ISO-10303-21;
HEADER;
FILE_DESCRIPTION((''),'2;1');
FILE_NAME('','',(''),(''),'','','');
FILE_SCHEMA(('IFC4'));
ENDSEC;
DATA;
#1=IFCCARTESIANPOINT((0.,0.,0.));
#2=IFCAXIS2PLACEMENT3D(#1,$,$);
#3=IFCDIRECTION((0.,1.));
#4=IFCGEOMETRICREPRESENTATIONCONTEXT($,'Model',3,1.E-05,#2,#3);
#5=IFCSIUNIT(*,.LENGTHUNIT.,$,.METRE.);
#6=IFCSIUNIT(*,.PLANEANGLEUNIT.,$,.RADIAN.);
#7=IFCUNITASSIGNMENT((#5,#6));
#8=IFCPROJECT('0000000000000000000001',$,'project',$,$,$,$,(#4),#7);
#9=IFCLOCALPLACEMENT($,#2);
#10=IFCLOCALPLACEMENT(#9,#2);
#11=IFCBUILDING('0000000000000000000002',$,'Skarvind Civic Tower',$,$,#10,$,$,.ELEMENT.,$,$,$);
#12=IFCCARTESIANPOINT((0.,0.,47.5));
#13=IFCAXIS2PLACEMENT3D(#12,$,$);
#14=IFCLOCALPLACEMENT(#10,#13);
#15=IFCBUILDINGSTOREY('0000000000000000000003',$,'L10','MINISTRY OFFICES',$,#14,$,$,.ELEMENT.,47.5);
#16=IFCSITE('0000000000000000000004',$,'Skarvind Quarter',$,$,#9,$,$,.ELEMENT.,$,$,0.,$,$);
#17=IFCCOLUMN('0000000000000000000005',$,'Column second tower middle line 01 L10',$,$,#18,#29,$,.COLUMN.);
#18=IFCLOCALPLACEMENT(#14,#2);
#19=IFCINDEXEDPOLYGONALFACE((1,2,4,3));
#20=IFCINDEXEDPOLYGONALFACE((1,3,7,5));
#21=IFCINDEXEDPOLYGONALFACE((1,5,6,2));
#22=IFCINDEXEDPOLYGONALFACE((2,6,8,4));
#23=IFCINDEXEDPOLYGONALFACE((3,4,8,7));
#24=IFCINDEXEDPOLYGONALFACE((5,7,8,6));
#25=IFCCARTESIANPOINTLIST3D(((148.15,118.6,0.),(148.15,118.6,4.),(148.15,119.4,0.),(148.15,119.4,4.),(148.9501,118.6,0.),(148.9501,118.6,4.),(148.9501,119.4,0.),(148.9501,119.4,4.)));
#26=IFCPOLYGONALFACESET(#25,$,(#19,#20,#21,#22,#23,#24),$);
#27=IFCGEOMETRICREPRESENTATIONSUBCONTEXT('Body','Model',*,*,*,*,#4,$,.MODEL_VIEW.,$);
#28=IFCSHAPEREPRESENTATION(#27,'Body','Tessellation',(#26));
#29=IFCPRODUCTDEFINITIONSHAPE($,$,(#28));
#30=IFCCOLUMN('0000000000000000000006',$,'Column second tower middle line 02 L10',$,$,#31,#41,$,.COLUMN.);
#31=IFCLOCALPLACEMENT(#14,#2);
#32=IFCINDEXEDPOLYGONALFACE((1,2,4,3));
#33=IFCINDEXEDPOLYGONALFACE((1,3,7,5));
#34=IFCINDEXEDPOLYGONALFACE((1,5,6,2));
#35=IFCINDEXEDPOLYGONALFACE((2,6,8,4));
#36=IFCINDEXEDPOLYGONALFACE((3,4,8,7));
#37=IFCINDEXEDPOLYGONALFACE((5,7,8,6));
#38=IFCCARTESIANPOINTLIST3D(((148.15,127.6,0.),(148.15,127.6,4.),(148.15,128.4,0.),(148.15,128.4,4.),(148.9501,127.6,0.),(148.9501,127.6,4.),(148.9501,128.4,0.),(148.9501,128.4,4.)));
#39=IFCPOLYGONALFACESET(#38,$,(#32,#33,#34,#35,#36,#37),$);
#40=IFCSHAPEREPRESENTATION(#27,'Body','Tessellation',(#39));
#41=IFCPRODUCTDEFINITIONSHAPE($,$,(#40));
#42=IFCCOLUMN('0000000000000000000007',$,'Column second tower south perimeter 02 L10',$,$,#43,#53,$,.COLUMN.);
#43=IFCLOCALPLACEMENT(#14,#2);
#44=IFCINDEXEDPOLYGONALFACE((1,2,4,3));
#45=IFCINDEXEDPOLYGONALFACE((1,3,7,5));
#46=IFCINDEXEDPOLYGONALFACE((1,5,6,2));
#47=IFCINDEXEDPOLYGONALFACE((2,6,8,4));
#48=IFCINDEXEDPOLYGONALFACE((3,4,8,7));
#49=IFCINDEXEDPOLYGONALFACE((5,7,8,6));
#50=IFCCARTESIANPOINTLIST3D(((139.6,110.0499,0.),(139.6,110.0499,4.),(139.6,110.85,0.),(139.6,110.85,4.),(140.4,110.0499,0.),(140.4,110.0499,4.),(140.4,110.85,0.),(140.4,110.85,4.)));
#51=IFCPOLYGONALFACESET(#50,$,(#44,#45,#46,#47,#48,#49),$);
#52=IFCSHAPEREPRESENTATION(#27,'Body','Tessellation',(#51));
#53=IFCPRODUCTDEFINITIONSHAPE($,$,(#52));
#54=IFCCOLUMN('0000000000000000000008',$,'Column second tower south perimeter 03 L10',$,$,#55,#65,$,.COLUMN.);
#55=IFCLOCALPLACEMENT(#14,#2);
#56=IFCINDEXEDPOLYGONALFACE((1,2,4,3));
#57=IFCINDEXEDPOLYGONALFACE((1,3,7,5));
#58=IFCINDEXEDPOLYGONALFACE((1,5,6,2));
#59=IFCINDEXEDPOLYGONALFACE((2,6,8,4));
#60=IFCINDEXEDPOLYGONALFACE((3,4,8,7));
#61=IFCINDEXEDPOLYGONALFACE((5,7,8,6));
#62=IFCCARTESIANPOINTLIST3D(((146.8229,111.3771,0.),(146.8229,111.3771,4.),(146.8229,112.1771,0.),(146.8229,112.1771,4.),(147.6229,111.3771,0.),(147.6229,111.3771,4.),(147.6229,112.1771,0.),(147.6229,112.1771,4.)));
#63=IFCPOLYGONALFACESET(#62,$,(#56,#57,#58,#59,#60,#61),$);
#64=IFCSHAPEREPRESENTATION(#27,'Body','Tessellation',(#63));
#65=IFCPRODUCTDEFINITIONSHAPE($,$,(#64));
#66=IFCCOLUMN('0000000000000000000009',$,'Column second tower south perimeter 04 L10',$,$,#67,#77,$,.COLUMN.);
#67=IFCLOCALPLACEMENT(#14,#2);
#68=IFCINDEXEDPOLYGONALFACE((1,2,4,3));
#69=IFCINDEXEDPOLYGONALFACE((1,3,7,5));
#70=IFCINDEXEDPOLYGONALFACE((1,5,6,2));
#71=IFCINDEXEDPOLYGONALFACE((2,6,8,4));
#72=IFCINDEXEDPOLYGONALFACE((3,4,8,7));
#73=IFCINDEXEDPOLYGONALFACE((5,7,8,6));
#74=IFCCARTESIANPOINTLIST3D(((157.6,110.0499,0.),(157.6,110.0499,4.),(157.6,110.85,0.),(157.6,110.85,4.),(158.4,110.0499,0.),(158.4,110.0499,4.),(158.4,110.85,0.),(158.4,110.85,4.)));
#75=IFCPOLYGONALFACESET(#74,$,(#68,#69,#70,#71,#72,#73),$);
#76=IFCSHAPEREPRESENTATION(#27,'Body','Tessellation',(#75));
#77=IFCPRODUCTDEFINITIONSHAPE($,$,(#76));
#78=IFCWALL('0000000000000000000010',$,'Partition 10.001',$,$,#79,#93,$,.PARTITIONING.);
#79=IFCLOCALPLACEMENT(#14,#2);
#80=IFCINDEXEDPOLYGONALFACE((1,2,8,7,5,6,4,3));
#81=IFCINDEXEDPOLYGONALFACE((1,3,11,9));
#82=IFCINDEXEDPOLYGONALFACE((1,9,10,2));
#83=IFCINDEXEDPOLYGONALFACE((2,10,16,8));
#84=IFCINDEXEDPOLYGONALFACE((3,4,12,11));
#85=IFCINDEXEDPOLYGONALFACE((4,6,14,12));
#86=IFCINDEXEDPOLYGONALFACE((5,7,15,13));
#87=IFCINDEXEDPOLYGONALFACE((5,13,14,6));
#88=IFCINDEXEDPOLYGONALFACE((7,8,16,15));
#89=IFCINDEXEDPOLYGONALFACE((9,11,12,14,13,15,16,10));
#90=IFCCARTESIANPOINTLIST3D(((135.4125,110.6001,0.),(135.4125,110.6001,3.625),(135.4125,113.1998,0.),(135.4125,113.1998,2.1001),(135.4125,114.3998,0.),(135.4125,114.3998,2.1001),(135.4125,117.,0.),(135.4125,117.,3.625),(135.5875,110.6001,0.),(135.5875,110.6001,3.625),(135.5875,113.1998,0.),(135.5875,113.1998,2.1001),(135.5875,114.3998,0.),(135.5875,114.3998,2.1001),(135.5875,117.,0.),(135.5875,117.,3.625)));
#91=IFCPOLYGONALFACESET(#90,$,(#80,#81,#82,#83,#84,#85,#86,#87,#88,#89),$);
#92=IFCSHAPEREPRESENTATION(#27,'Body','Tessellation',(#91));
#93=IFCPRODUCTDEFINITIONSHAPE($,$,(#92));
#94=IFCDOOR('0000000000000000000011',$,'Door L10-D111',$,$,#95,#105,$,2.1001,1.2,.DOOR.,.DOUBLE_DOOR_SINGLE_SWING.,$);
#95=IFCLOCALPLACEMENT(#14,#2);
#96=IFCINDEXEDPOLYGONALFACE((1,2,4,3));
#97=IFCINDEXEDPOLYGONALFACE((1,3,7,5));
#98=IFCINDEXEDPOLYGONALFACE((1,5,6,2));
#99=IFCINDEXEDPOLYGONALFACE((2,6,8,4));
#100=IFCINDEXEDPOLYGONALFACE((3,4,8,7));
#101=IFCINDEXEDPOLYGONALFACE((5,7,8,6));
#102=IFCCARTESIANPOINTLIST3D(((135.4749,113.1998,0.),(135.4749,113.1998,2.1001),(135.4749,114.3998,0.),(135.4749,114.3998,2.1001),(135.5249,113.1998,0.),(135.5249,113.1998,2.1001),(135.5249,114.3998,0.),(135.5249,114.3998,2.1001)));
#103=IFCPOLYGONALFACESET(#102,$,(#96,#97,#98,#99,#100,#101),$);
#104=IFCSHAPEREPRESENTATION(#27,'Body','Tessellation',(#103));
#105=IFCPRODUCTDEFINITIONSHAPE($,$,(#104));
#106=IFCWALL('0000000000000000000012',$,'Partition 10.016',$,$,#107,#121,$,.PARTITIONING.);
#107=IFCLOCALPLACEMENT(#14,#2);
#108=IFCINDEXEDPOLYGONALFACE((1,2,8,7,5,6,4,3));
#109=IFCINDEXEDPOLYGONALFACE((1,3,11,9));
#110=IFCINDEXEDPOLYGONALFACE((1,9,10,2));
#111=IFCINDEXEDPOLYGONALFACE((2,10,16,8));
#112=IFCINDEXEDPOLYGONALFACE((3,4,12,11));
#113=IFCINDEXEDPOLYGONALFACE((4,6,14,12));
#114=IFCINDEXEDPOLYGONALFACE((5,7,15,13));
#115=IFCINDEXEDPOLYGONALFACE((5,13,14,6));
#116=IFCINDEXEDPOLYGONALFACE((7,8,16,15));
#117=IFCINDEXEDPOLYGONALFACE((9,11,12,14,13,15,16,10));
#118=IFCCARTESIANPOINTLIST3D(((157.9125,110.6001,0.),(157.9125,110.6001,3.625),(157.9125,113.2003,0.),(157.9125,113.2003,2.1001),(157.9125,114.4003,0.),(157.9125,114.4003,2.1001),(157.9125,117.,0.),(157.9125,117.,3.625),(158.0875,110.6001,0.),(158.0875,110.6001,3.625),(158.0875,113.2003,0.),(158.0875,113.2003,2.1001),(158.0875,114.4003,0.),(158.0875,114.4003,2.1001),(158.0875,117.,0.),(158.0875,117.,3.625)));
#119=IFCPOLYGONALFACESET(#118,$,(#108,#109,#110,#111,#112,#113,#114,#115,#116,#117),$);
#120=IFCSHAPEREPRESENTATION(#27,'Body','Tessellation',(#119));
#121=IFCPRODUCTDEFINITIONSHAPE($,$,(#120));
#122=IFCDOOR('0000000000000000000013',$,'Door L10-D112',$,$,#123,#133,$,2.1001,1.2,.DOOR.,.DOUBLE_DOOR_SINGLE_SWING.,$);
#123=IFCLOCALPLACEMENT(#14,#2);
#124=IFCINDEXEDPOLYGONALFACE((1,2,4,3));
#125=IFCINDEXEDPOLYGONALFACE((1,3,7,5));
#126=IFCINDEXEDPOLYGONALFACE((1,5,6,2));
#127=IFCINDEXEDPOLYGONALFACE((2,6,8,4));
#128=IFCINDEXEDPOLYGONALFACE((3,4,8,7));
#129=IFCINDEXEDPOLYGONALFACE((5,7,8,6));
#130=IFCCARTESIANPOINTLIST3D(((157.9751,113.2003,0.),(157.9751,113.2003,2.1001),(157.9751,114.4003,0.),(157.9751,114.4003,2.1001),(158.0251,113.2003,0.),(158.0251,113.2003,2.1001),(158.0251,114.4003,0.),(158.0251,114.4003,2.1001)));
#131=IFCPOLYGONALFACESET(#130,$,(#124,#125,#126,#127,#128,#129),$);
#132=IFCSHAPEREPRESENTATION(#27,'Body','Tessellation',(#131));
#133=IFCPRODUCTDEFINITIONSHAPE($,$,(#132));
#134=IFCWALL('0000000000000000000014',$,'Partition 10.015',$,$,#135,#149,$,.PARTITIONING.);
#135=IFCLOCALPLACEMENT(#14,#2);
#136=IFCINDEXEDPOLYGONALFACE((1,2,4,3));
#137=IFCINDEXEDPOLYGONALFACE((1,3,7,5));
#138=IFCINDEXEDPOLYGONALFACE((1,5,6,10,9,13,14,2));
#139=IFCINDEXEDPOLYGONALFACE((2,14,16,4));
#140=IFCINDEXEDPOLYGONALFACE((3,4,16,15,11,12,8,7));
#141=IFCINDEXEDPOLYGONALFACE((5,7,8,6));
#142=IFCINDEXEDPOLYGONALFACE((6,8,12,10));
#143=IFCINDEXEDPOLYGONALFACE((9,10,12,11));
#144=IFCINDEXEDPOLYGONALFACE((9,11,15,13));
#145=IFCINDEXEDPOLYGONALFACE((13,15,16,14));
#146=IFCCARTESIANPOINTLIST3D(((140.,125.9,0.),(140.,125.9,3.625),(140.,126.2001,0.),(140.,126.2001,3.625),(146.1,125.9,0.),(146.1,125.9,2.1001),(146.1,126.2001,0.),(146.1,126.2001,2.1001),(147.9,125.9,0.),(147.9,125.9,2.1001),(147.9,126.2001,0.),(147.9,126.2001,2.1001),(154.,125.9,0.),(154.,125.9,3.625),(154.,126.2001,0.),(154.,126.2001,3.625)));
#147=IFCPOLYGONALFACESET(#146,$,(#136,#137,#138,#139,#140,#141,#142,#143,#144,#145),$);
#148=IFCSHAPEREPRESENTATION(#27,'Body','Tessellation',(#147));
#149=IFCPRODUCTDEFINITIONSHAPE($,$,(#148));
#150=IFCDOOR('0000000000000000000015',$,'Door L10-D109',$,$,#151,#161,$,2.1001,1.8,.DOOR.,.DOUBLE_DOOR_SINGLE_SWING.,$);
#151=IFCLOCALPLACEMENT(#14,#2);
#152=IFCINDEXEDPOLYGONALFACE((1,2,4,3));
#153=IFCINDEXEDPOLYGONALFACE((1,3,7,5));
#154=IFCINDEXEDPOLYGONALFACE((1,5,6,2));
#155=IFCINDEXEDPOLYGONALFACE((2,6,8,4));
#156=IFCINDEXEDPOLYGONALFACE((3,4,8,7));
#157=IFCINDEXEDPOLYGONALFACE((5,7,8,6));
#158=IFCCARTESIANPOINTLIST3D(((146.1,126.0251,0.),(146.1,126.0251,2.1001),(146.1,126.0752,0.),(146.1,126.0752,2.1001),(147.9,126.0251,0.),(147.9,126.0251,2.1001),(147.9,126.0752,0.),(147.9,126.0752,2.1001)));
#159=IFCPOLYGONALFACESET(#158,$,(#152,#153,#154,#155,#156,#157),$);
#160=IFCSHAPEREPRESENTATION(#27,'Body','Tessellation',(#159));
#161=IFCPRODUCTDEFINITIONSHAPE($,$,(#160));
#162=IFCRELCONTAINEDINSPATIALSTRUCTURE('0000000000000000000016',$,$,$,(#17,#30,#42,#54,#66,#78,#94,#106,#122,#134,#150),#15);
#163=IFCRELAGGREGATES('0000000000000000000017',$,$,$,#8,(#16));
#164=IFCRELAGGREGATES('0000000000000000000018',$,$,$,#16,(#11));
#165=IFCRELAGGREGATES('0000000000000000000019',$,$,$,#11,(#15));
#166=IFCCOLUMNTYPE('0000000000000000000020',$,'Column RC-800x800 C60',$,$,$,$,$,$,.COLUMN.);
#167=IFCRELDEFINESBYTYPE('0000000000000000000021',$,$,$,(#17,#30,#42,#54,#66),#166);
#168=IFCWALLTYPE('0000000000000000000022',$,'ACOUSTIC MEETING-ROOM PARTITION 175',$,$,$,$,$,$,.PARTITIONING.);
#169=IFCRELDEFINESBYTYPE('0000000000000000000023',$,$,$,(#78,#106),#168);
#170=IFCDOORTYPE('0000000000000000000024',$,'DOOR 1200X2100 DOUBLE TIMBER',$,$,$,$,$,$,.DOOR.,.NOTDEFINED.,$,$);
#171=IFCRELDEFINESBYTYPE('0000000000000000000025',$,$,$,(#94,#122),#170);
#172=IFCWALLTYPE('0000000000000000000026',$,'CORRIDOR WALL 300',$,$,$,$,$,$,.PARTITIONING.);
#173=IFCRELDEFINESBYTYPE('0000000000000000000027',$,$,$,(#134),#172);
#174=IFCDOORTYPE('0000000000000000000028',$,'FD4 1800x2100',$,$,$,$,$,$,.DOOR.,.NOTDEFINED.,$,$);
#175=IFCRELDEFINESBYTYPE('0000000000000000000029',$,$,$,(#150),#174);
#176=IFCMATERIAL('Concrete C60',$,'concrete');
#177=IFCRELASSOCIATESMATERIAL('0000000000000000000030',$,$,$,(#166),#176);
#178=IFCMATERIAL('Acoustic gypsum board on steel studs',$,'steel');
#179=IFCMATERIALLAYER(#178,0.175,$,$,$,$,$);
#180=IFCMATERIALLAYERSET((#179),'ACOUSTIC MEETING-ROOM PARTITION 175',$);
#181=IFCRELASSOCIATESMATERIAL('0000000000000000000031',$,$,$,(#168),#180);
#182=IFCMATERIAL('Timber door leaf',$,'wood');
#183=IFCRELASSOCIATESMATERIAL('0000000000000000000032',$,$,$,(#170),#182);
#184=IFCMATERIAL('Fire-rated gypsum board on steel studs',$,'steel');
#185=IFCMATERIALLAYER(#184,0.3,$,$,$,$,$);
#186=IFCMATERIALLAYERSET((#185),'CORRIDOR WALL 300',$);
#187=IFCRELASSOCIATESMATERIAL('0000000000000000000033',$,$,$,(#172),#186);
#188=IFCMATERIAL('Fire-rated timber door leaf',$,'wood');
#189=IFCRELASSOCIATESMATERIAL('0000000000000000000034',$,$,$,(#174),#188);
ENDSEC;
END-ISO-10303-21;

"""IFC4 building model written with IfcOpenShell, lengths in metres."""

from ifc_helpers import new_model, si_unit, direction, frame, frame_2d, origin, origin_2d, place, context, subcontext, project, spatial, rectangle, extrude, material, layer, layer_set, material_profile, profile_set, type_object, element, fill, save


model = new_model("IFC4")

# Units and contexts
model_context = context("Model", 3, precision=1e-05, world=origin(), true_north=direction((0.0, 1.0)))
body_context = subcontext(model_context, "Body", "Model", "MODEL_VIEW")
ifc_project = project(units=[si_unit("LENGTHUNIT", "METRE"), si_unit("PLANEANGLEUNIT", "RADIAN")], contexts=[model_context])

# Site, building, storey
site_placement = place(None, origin())
site = spatial("IfcSite", under=ifc_project, at=site_placement, Name="Skarvind Quarter", CompositionType="ELEMENT", RefElevation=0.0)
building_placement = place(site_placement, origin())
building = spatial("IfcBuilding", under=site, at=building_placement, Name="Skarvind Civic Tower", CompositionType="ELEMENT")
storey_placement = place(building_placement, frame((0.0, 0.0, 47.5)))
storey = spatial("IfcBuildingStorey", under=building, at=storey_placement, Name="L10", Description="MINISTRY OFFICES", CompositionType="ELEMENT", Elevation=47.5)

# Columns
ifc_material_1 = material(Name="Concrete C60", Category="concrete")
ifc_material_profile = material_profile(ifc_material_1, rectangle(XDim=0.8, YDim=0.8, at=origin_2d()), Name="RC-800x800")
ifc_profile_set = profile_set([ifc_material_profile], Name="Concrete C60")
column_type = type_object("IfcColumnType", Name="Column RC-800x800 C60", PredefinedType="COLUMN", material=ifc_profile_set)
for number, where, z_axis, x_axis, name in (
    (1, (148.55, 119.0, 0.0), (0.0, 0.0, 1.0), (1.0, 0.0, 0.0), "Column second tower middle line 01 L10"),
    (2, (148.55, 128.0, 0.0), (0.0, 0.0, 1.0), (1.0, 0.0, 0.0), "Column second tower middle line 02 L10"),
    (3, (140.0, 110.45, 0.0), (0.0, 0.0, 1.0), (1.0, 0.0, 0.0), "Column second tower south perimeter 02 L10"),
    (4, (147.2229, 111.7771, 0.0), (0.0, 0.0, 1.0), (1.0, 0.0, 0.0), "Column second tower south perimeter 03 L10"),
    (5, (158.0, 110.45, 0.0), (0.0, 0.0, 1.0), (1.0, 0.0, 0.0), "Column second tower south perimeter 04 L10"),
):
    element("IfcColumn", number, at=place(storey_placement, frame(where, z_axis=z_axis, x_axis=x_axis)), inside=storey, type_object=column_type, Name=name, PredefinedType="COLUMN", context=body_context, shape_type="SweptSolid", body=[
        extrude(rectangle(XDim=0.8, YDim=0.8, at=origin_2d()), origin(), (0.0, 0.0, 1.0), 4.0),
    ])

# Walls, openings, doors
ifc_material_2 = material(Name="Acoustic gypsum board on steel studs", Category="steel")
ifc_layer_1 = layer(ifc_material_2, 0.175)
ifc_layer_set_1 = layer_set([ifc_layer_1], Name="ACOUSTIC MEETING-ROOM PARTITION 175")
wall_type_1 = type_object("IfcWallType", Name="ACOUSTIC MEETING-ROOM PARTITION 175", PredefinedType="PARTITIONING", material=ifc_layer_set_1)
wall_1_placement = place(storey_placement, frame((135.5, 117.0, 0.0), z_axis=(0.0, 0.0, 1.0), x_axis=(0.0, -1.0, 0.0)))
wall_1 = element("IfcWall", 6, at=wall_1_placement, inside=storey, type_object=wall_type_1, Name="Partition 10.001", PredefinedType="PARTITIONING", context=body_context, shape_type="SweptSolid", body=[
    extrude(rectangle(XDim=6.3999, YDim=0.175, at=frame_2d((3.2, 0.0))), origin(), (0.0, 0.0, 1.0), 3.625),
])
opening_1_placement = place(wall_1_placement, frame((2.6001, 0.0, 0.0)))
opening_1 = element("IfcOpeningElement", 7, at=opening_1_placement, cuts=wall_1, PredefinedType="OPENING", context=body_context, shape_type="SweptSolid", body=[
    extrude(rectangle(XDim=1.2, YDim=2.1001, at=frame_2d((0.6001, 1.05))), frame((0.0, 0.0974, 0.0), z_axis=(0.0, -1.0, 0.0), x_axis=(1.0, 0.0, 0.0)), (0.0, 0.0, 1.0), 0.1951),
])
ifc_material_3 = material(Name="Timber door leaf", Category="wood")
door_type_1 = type_object("IfcDoorType", Name="DOOR 1200X2100 DOUBLE TIMBER", OperationType="NOTDEFINED", PredefinedType="DOOR", material=ifc_material_3)
door_1_placement = place(opening_1_placement, origin())
door_1 = element("IfcDoor", 8, at=door_1_placement, inside=storey, type_object=door_type_1, Name="Door L10-D111", OperationType="DOUBLE_DOOR_SINGLE_SWING", OverallHeight=2.1001, OverallWidth=1.2, PredefinedType="DOOR", context=body_context, shape_type="SweptSolid", body=[
    extrude(rectangle(XDim=1.2, YDim=2.1001, at=frame_2d((0.6001, 1.05))), frame((0.0, 0.0249, 0.0), z_axis=(0.0, -1.0, 0.0), x_axis=(1.0, 0.0, 0.0)), (0.0, 0.0, 1.0), 0.05),
])
fill(opening_1, door_1)
wall_2_placement = place(storey_placement, frame((158.0, 110.6001, 0.0), z_axis=(0.0, 0.0, 1.0), x_axis=(0.0, 1.0, 0.0)))
wall_2 = element("IfcWall", 9, at=wall_2_placement, inside=storey, type_object=wall_type_1, Name="Partition 10.016", PredefinedType="PARTITIONING", context=body_context, shape_type="SweptSolid", body=[
    extrude(rectangle(XDim=6.3999, YDim=0.175, at=frame_2d((3.2, 0.0))), origin(), (0.0, 0.0, 1.0), 3.625),
])
opening_2_placement = place(wall_2_placement, frame((2.6001, 0.0, 0.0)))
opening_2 = element("IfcOpeningElement", 10, at=opening_2_placement, cuts=wall_2, PredefinedType="OPENING", context=body_context, shape_type="SweptSolid", body=[
    extrude(rectangle(XDim=1.2, YDim=2.1001, at=frame_2d((0.6001, 1.05))), frame((0.0, 0.0974, 0.0), z_axis=(0.0, -1.0, 0.0), x_axis=(1.0, 0.0, 0.0)), (0.0, 0.0, 1.0), 0.1951),
])
door_2_placement = place(opening_2_placement, origin())
door_2 = element("IfcDoor", 11, at=door_2_placement, inside=storey, type_object=door_type_1, Name="Door L10-D112", OperationType="DOUBLE_DOOR_SINGLE_SWING", OverallHeight=2.1001, OverallWidth=1.2, PredefinedType="DOOR", context=body_context, shape_type="SweptSolid", body=[
    extrude(rectangle(XDim=1.2, YDim=2.1001, at=frame_2d((0.6001, 1.05))), frame((0.0, 0.0249, 0.0), z_axis=(0.0, -1.0, 0.0), x_axis=(1.0, 0.0, 0.0)), (0.0, 0.0, 1.0), 0.05),
])
fill(opening_2, door_2)
ifc_material_4 = material(Name="Fire-rated gypsum board on steel studs", Category="steel")
ifc_layer_2 = layer(ifc_material_4, 0.3)
ifc_layer_set_2 = layer_set([ifc_layer_2], Name="CORRIDOR WALL 300")
wall_type_2 = type_object("IfcWallType", Name="CORRIDOR WALL 300", PredefinedType="PARTITIONING", material=ifc_layer_set_2)
wall_3_placement = place(storey_placement, frame((154.0, 126.05, 0.0), z_axis=(0.0, 0.0, 1.0), x_axis=(-1.0, 0.0, 0.0)))
wall_3 = element("IfcWall", 12, at=wall_3_placement, inside=storey, type_object=wall_type_2, Name="Partition 10.015", PredefinedType="PARTITIONING", context=body_context, shape_type="SweptSolid", body=[
    extrude(rectangle(XDim=14.0, YDim=0.3, at=frame_2d((7.0, 0.0))), origin(), (0.0, 0.0, 1.0), 3.625),
])
opening_3_placement = place(wall_3_placement, frame((6.1001, 0.0, 0.0)))
opening_3 = element("IfcOpeningElement", 13, at=opening_3_placement, cuts=wall_3, PredefinedType="OPENING", context=body_context, shape_type="SweptSolid", body=[
    extrude(rectangle(XDim=1.8, YDim=2.1001, at=frame_2d((0.8999, 1.05))), frame((0.0, 0.1599, 0.0), z_axis=(0.0, -1.0, 0.0), x_axis=(1.0, 0.0, 0.0)), (0.0, 0.0, 1.0), 0.3201),
])
ifc_material_5 = material(Name="Fire-rated timber door leaf", Category="wood")
door_type_2 = type_object("IfcDoorType", Name="FD4 1800x2100", OperationType="NOTDEFINED", PredefinedType="DOOR", material=ifc_material_5)
door_3_placement = place(opening_3_placement, origin())
door_3 = element("IfcDoor", 14, at=door_3_placement, inside=storey, type_object=door_type_2, Name="Door L10-D109", OperationType="DOUBLE_DOOR_SINGLE_SWING", OverallHeight=2.1001, OverallWidth=1.8, PredefinedType="DOOR", context=body_context, shape_type="SweptSolid", body=[
    extrude(rectangle(XDim=1.8, YDim=2.1001, at=frame_2d((0.8999, 1.05))), frame((0.0, 0.0249, 0.0), z_axis=(0.0, -1.0, 0.0), x_axis=(1.0, 0.0, 0.0)), (0.0, 0.0, 1.0), 0.05),
])
fill(opening_3, door_3)

save(model, "model.ifc")
